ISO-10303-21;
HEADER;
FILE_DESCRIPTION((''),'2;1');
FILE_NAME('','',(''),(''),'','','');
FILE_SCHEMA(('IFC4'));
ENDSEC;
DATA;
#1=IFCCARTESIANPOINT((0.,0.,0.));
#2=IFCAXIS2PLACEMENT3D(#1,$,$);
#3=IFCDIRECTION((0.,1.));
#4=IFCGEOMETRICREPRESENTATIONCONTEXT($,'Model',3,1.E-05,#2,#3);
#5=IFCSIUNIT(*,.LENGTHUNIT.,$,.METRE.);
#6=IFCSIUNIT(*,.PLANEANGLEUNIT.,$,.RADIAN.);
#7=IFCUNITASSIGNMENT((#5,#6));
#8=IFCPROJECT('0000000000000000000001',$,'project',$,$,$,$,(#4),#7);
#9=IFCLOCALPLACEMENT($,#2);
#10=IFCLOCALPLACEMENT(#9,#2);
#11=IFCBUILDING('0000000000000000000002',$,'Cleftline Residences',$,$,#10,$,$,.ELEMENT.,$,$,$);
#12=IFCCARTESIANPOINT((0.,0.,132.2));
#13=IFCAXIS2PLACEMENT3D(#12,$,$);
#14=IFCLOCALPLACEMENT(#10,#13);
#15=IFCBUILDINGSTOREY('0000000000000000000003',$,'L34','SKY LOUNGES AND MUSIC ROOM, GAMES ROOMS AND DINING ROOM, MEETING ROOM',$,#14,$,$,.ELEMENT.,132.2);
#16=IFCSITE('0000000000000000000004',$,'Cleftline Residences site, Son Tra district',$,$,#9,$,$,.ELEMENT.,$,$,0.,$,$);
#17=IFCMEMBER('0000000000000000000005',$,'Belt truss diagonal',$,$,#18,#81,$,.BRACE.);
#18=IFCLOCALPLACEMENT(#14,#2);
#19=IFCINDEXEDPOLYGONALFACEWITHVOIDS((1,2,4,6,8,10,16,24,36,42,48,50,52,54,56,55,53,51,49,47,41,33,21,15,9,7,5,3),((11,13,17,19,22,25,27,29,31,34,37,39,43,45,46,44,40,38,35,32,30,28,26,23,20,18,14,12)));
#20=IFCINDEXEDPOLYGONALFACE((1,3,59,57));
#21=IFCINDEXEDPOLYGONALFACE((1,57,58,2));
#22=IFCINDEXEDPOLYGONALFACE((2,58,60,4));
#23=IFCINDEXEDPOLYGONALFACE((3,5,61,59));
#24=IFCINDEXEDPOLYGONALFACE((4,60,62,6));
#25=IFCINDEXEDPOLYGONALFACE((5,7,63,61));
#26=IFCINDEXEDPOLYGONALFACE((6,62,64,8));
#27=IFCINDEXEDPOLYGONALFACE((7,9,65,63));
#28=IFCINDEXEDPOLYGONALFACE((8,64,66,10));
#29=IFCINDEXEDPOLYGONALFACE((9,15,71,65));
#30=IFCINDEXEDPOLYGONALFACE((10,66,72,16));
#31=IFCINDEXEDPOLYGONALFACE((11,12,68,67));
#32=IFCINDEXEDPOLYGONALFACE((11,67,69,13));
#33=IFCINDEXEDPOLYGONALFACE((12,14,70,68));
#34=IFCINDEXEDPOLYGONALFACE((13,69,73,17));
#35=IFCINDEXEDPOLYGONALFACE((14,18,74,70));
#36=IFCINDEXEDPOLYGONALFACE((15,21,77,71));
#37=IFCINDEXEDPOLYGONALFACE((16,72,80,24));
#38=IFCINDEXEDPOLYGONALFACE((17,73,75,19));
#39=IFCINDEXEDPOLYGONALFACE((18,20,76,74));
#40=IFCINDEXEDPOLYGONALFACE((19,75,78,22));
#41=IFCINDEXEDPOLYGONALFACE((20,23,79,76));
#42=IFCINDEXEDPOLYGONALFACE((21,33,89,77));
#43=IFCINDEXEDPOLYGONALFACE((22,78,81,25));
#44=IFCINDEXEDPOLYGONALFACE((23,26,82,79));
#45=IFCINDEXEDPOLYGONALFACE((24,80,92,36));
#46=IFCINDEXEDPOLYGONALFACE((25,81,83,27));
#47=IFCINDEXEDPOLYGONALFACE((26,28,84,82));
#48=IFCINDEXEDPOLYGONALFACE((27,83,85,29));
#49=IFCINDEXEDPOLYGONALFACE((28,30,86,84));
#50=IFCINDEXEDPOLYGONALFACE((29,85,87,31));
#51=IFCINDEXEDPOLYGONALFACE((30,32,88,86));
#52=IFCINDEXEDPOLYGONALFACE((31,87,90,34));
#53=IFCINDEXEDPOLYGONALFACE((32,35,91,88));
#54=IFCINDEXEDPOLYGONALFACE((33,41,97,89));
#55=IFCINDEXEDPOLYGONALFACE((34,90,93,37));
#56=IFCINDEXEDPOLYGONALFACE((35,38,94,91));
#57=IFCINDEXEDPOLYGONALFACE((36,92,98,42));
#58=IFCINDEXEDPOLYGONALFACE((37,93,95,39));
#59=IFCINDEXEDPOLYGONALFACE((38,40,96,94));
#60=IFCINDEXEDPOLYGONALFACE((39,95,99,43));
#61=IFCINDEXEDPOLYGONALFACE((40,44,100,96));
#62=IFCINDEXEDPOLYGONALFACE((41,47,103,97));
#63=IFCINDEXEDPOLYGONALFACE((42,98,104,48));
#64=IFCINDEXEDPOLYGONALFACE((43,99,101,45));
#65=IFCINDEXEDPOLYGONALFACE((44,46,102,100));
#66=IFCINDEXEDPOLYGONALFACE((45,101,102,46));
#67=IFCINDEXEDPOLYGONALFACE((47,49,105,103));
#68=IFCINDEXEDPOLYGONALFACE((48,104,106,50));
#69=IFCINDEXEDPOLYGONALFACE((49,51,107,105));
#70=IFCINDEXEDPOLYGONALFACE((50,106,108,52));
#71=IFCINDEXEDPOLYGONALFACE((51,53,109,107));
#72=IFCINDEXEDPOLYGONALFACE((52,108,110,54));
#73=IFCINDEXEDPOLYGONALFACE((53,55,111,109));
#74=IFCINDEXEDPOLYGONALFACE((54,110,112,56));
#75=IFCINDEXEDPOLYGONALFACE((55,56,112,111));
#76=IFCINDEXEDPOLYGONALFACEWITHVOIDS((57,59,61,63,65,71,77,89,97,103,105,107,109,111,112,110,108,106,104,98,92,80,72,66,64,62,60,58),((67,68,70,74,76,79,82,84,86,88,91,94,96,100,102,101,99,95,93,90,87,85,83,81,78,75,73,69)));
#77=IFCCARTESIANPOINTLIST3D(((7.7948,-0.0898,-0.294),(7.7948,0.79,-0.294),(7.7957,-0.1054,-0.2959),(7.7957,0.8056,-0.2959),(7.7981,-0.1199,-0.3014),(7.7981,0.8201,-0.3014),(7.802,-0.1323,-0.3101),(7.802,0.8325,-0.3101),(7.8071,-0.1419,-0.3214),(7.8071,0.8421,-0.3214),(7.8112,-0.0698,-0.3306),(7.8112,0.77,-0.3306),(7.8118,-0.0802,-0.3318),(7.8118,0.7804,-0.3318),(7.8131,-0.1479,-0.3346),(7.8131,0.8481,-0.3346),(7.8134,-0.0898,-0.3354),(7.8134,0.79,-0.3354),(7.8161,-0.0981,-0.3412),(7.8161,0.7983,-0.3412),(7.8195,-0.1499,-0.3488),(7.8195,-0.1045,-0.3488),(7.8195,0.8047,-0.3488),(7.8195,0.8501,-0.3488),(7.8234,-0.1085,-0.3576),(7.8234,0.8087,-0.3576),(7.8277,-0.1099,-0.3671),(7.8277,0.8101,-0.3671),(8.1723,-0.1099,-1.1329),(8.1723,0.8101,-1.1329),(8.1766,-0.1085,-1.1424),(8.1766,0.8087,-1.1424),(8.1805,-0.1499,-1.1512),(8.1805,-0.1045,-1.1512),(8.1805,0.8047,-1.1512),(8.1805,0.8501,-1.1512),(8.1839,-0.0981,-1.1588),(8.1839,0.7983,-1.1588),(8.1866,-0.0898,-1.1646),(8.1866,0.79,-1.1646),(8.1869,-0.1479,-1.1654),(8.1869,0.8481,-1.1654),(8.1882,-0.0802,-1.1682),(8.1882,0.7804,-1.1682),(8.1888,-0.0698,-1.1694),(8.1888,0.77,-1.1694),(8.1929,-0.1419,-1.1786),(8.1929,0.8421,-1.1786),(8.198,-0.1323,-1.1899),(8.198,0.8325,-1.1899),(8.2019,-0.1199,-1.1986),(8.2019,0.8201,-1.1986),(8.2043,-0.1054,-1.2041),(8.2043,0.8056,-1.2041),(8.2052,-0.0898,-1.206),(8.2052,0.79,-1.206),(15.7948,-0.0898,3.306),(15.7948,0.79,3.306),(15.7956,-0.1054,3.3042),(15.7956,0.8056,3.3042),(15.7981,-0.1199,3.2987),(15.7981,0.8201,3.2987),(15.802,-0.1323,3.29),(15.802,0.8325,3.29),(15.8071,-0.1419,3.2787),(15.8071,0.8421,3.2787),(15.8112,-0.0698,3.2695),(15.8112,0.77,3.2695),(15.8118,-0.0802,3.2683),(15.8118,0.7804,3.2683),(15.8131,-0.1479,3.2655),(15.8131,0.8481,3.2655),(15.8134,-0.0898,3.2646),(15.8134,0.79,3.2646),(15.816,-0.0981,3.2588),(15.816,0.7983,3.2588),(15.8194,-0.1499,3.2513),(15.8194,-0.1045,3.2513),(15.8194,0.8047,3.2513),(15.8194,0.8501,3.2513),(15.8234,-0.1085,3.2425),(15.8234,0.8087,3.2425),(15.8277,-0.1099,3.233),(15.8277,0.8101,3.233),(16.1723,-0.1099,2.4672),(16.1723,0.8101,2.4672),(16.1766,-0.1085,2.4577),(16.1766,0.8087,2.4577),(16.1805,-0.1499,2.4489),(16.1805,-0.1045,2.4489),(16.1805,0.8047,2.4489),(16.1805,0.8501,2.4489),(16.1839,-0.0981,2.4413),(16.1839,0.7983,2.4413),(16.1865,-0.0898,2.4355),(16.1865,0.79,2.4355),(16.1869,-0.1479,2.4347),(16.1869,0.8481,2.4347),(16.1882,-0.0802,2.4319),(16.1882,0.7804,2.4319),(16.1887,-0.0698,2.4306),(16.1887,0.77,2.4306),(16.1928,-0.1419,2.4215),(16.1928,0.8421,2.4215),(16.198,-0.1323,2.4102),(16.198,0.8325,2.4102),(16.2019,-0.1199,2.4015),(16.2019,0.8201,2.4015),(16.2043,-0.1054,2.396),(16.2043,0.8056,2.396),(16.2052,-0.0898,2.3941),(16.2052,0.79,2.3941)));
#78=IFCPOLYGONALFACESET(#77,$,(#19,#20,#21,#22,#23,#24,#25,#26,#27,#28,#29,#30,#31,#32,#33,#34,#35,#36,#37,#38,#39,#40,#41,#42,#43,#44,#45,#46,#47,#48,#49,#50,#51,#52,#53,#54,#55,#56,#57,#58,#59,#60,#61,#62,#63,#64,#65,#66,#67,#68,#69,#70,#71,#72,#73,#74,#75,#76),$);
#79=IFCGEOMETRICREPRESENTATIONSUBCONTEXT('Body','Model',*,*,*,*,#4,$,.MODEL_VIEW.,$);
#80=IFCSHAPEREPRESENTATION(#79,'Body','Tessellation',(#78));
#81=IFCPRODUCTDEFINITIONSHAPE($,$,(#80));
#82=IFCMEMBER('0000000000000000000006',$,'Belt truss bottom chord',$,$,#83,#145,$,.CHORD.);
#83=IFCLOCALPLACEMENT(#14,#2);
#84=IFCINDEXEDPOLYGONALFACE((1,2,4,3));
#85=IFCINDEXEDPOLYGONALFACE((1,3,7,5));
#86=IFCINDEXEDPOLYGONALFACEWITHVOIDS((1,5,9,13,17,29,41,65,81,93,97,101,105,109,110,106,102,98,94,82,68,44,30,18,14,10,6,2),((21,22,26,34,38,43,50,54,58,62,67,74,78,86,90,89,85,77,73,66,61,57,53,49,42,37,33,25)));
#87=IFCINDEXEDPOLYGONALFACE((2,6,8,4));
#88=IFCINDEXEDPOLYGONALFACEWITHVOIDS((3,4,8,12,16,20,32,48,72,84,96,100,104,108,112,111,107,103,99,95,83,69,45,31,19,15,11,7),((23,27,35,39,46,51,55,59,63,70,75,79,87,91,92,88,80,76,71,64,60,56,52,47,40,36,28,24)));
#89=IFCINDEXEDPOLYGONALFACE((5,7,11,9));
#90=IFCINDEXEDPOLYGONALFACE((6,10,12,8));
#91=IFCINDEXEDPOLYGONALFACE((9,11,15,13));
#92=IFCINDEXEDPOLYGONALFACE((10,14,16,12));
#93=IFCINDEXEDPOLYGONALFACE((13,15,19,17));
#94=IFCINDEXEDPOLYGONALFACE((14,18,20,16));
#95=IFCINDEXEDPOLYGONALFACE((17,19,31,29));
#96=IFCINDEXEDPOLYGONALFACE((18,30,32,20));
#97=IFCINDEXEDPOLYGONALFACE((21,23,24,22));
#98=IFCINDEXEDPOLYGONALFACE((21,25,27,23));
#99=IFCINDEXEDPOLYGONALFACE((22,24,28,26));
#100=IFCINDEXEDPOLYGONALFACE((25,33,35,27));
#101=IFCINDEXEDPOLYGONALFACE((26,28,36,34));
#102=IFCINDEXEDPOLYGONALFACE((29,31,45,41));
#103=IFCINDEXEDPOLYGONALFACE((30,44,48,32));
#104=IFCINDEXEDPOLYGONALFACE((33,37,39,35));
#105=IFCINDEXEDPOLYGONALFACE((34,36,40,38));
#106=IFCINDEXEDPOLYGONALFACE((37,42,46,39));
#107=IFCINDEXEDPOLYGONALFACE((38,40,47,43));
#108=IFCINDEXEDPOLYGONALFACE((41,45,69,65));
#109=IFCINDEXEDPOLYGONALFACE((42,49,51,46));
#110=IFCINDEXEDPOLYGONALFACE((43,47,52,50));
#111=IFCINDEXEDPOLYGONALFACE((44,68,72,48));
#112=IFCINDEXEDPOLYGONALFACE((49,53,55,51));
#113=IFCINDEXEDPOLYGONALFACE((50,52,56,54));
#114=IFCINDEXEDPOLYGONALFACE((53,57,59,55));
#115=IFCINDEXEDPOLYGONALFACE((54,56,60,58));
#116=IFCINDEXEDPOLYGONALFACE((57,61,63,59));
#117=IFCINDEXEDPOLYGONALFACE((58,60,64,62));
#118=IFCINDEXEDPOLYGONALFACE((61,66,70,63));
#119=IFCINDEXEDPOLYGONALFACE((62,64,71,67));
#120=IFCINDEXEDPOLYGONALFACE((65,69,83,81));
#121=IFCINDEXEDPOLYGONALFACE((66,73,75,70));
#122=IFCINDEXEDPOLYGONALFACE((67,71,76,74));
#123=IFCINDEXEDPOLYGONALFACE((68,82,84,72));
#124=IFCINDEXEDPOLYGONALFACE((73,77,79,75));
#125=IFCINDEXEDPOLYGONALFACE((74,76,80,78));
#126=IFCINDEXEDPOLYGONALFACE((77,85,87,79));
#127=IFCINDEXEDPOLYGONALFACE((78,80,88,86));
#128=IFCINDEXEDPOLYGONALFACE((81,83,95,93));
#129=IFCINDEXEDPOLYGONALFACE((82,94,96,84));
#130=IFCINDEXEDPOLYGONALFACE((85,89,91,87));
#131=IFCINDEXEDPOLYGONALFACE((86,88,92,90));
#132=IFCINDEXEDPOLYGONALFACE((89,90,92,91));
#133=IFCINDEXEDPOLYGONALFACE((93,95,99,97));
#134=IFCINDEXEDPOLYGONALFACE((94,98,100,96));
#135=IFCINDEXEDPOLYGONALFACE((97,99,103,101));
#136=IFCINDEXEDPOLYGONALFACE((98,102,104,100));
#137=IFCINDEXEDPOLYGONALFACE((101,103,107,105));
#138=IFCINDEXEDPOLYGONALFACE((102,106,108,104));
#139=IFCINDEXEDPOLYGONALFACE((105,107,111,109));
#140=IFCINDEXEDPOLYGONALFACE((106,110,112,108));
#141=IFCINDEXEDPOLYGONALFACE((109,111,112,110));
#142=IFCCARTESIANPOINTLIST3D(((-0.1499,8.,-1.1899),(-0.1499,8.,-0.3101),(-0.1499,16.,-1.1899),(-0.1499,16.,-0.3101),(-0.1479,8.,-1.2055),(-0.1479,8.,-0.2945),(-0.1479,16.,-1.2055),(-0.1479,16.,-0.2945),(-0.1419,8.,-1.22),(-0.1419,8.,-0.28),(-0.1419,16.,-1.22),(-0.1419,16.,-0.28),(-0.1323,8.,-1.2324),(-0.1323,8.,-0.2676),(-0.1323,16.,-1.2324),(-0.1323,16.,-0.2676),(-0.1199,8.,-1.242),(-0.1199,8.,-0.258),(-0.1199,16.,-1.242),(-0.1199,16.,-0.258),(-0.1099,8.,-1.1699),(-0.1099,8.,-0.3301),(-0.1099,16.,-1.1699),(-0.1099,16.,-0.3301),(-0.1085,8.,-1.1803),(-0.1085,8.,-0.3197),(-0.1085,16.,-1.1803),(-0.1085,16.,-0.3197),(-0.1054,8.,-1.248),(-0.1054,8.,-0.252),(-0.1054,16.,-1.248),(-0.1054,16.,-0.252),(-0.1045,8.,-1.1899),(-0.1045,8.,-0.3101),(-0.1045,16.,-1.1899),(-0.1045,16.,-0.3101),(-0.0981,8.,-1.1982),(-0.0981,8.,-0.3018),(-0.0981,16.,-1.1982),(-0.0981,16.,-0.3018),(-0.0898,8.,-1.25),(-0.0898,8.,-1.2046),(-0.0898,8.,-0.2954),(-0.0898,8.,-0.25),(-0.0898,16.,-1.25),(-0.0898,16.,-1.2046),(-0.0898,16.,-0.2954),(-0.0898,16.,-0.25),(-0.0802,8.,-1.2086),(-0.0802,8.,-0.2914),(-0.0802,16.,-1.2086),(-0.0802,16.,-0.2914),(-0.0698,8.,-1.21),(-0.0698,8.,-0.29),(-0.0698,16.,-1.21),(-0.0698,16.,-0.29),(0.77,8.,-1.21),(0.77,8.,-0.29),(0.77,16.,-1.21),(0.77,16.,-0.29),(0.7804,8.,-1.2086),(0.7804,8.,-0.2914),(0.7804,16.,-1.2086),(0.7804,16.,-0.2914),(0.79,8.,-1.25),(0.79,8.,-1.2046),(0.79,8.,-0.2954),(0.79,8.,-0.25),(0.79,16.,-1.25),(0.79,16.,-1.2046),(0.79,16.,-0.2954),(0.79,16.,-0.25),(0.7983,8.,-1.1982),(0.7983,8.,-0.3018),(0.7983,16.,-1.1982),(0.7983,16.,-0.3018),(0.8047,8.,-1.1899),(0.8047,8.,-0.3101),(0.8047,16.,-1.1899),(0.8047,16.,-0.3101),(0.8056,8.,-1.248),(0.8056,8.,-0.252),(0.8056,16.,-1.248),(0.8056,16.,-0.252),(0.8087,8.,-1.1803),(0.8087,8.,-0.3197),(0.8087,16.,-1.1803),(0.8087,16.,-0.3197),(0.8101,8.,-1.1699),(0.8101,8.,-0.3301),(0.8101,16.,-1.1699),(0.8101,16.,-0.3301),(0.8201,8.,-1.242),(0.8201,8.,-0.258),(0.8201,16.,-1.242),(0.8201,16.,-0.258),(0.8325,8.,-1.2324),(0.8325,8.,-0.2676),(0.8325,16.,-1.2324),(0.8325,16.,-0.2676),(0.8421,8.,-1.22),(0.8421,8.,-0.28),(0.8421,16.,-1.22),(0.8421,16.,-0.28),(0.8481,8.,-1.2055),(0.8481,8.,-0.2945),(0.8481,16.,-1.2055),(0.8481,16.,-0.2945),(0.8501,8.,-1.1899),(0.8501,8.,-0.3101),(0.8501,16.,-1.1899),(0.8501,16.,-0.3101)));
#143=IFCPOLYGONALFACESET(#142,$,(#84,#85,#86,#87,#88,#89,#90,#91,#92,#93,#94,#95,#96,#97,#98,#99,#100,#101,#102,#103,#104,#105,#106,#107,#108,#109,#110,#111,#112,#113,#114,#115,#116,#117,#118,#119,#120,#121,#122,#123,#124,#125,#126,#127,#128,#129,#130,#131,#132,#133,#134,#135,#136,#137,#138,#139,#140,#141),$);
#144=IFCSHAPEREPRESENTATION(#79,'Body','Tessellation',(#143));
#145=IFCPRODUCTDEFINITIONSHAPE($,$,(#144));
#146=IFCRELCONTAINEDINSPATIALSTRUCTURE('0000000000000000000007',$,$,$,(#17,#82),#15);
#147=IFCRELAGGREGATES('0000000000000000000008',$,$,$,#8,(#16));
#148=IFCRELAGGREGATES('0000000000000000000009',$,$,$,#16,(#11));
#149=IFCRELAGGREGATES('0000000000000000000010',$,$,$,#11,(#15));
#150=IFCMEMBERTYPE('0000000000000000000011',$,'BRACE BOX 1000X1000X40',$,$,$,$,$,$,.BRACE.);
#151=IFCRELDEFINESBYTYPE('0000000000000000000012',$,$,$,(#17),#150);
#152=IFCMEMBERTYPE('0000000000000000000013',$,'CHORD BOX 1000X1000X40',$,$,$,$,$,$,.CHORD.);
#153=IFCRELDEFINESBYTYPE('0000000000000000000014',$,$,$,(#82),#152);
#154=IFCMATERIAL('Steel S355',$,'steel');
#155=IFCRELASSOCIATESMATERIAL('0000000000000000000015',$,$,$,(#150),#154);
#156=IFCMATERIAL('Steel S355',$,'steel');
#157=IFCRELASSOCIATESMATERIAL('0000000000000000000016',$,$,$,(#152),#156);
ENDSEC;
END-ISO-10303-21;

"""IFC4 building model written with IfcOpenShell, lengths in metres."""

from ifc_helpers import new_model, si_unit, direction, frame, origin, origin_2d, place, context, subcontext, project, spatial, hollow_rectangle, extrude, material, material_profile, profile_set, type_object, element, save


model = new_model("IFC4")

# Units and contexts
model_context = context("Model", 3, precision=1e-05, world=origin(), true_north=direction((0.0, 1.0)))
body_context = subcontext(model_context, "Body", "Model", "MODEL_VIEW")
ifc_project = project(units=[si_unit("LENGTHUNIT", "METRE"), si_unit("PLANEANGLEUNIT", "RADIAN")], contexts=[model_context])

# Site, building, storey
site_placement = place(None, origin())
site = spatial("IfcSite", under=ifc_project, at=site_placement, Name="Cleftline Residences site, Son Tra district", CompositionType="ELEMENT", RefElevation=0.0)
building_placement = place(site_placement, origin())
building = spatial("IfcBuilding", under=site, at=building_placement, Name="Cleftline Residences", CompositionType="ELEMENT")
storey_placement = place(building_placement, frame((0.0, 0.0, 132.2)))
storey = spatial("IfcBuildingStorey", under=building, at=storey_placement, Name="L34", Description="SKY LOUNGES AND MUSIC ROOM, GAMES ROOMS AND DINING ROOM, MEETING ROOM", CompositionType="ELEMENT", Elevation=132.2)

# Members
ifc_material_1 = material(Name="Steel S355", Category="steel")
ifc_material_profile_1 = material_profile(ifc_material_1, hollow_rectangle(XDim=1.0, YDim=1.0, WallThickness=0.04, InnerFilletRadius=0.04, OuterFilletRadius=0.0601, at=origin_2d()))
ifc_profile_set_1 = profile_set([ifc_material_profile_1], Name="Steel S355")
member_type_1 = type_object("IfcMemberType", Name="BRACE BOX 1000X1000X40", PredefinedType="BRACE", material=ifc_profile_set_1)
member_1_placement = place(storey_placement, frame((8.0, 0.3501, -0.75), z_axis=(0.911917, 0.0, 0.410374), x_axis=(-0.410374, 0.0, 0.911917)))
element("IfcMember", 1, at=member_1_placement, inside=storey, type_object=member_type_1, Name="Belt truss diagonal", PredefinedType="BRACE", context=body_context, shape_type="SweptSolid", body=[
    extrude(hollow_rectangle(XDim=1.0, YDim=1.0, WallThickness=0.04, InnerFilletRadius=0.04, OuterFilletRadius=0.0601, at=origin_2d()), origin(), (0.0, 0.0, 1.0), 8.7727),
])
ifc_material_2 = material(Name="Steel S355", Category="steel")
ifc_material_profile_2 = material_profile(ifc_material_2, hollow_rectangle(XDim=1.0, YDim=1.0, WallThickness=0.04, InnerFilletRadius=0.04, OuterFilletRadius=0.0601, at=origin_2d()))
ifc_profile_set_2 = profile_set([ifc_material_profile_2], Name="Steel S355")
member_type_2 = type_object("IfcMemberType", Name="CHORD BOX 1000X1000X40", PredefinedType="CHORD", material=ifc_profile_set_2)
for number, where, z_axis, x_axis, name in (
    (2, (0.3501, 8.0, -0.75), (0.0, 1.0, 0.0), (-1.0, 0.0, 0.0), "Belt truss bottom chord"),
):
    element("IfcMember", number, at=place(storey_placement, frame(where, z_axis=z_axis, x_axis=x_axis)), inside=storey, type_object=member_type_2, Name=name, PredefinedType="CHORD", context=body_context, shape_type="SweptSolid", body=[
        extrude(hollow_rectangle(XDim=1.0, YDim=1.0, WallThickness=0.04, InnerFilletRadius=0.04, OuterFilletRadius=0.0601, at=origin_2d()), origin(), (0.0, 0.0, 1.0), 8.0),
    ])

save(model, "model.ifc")
